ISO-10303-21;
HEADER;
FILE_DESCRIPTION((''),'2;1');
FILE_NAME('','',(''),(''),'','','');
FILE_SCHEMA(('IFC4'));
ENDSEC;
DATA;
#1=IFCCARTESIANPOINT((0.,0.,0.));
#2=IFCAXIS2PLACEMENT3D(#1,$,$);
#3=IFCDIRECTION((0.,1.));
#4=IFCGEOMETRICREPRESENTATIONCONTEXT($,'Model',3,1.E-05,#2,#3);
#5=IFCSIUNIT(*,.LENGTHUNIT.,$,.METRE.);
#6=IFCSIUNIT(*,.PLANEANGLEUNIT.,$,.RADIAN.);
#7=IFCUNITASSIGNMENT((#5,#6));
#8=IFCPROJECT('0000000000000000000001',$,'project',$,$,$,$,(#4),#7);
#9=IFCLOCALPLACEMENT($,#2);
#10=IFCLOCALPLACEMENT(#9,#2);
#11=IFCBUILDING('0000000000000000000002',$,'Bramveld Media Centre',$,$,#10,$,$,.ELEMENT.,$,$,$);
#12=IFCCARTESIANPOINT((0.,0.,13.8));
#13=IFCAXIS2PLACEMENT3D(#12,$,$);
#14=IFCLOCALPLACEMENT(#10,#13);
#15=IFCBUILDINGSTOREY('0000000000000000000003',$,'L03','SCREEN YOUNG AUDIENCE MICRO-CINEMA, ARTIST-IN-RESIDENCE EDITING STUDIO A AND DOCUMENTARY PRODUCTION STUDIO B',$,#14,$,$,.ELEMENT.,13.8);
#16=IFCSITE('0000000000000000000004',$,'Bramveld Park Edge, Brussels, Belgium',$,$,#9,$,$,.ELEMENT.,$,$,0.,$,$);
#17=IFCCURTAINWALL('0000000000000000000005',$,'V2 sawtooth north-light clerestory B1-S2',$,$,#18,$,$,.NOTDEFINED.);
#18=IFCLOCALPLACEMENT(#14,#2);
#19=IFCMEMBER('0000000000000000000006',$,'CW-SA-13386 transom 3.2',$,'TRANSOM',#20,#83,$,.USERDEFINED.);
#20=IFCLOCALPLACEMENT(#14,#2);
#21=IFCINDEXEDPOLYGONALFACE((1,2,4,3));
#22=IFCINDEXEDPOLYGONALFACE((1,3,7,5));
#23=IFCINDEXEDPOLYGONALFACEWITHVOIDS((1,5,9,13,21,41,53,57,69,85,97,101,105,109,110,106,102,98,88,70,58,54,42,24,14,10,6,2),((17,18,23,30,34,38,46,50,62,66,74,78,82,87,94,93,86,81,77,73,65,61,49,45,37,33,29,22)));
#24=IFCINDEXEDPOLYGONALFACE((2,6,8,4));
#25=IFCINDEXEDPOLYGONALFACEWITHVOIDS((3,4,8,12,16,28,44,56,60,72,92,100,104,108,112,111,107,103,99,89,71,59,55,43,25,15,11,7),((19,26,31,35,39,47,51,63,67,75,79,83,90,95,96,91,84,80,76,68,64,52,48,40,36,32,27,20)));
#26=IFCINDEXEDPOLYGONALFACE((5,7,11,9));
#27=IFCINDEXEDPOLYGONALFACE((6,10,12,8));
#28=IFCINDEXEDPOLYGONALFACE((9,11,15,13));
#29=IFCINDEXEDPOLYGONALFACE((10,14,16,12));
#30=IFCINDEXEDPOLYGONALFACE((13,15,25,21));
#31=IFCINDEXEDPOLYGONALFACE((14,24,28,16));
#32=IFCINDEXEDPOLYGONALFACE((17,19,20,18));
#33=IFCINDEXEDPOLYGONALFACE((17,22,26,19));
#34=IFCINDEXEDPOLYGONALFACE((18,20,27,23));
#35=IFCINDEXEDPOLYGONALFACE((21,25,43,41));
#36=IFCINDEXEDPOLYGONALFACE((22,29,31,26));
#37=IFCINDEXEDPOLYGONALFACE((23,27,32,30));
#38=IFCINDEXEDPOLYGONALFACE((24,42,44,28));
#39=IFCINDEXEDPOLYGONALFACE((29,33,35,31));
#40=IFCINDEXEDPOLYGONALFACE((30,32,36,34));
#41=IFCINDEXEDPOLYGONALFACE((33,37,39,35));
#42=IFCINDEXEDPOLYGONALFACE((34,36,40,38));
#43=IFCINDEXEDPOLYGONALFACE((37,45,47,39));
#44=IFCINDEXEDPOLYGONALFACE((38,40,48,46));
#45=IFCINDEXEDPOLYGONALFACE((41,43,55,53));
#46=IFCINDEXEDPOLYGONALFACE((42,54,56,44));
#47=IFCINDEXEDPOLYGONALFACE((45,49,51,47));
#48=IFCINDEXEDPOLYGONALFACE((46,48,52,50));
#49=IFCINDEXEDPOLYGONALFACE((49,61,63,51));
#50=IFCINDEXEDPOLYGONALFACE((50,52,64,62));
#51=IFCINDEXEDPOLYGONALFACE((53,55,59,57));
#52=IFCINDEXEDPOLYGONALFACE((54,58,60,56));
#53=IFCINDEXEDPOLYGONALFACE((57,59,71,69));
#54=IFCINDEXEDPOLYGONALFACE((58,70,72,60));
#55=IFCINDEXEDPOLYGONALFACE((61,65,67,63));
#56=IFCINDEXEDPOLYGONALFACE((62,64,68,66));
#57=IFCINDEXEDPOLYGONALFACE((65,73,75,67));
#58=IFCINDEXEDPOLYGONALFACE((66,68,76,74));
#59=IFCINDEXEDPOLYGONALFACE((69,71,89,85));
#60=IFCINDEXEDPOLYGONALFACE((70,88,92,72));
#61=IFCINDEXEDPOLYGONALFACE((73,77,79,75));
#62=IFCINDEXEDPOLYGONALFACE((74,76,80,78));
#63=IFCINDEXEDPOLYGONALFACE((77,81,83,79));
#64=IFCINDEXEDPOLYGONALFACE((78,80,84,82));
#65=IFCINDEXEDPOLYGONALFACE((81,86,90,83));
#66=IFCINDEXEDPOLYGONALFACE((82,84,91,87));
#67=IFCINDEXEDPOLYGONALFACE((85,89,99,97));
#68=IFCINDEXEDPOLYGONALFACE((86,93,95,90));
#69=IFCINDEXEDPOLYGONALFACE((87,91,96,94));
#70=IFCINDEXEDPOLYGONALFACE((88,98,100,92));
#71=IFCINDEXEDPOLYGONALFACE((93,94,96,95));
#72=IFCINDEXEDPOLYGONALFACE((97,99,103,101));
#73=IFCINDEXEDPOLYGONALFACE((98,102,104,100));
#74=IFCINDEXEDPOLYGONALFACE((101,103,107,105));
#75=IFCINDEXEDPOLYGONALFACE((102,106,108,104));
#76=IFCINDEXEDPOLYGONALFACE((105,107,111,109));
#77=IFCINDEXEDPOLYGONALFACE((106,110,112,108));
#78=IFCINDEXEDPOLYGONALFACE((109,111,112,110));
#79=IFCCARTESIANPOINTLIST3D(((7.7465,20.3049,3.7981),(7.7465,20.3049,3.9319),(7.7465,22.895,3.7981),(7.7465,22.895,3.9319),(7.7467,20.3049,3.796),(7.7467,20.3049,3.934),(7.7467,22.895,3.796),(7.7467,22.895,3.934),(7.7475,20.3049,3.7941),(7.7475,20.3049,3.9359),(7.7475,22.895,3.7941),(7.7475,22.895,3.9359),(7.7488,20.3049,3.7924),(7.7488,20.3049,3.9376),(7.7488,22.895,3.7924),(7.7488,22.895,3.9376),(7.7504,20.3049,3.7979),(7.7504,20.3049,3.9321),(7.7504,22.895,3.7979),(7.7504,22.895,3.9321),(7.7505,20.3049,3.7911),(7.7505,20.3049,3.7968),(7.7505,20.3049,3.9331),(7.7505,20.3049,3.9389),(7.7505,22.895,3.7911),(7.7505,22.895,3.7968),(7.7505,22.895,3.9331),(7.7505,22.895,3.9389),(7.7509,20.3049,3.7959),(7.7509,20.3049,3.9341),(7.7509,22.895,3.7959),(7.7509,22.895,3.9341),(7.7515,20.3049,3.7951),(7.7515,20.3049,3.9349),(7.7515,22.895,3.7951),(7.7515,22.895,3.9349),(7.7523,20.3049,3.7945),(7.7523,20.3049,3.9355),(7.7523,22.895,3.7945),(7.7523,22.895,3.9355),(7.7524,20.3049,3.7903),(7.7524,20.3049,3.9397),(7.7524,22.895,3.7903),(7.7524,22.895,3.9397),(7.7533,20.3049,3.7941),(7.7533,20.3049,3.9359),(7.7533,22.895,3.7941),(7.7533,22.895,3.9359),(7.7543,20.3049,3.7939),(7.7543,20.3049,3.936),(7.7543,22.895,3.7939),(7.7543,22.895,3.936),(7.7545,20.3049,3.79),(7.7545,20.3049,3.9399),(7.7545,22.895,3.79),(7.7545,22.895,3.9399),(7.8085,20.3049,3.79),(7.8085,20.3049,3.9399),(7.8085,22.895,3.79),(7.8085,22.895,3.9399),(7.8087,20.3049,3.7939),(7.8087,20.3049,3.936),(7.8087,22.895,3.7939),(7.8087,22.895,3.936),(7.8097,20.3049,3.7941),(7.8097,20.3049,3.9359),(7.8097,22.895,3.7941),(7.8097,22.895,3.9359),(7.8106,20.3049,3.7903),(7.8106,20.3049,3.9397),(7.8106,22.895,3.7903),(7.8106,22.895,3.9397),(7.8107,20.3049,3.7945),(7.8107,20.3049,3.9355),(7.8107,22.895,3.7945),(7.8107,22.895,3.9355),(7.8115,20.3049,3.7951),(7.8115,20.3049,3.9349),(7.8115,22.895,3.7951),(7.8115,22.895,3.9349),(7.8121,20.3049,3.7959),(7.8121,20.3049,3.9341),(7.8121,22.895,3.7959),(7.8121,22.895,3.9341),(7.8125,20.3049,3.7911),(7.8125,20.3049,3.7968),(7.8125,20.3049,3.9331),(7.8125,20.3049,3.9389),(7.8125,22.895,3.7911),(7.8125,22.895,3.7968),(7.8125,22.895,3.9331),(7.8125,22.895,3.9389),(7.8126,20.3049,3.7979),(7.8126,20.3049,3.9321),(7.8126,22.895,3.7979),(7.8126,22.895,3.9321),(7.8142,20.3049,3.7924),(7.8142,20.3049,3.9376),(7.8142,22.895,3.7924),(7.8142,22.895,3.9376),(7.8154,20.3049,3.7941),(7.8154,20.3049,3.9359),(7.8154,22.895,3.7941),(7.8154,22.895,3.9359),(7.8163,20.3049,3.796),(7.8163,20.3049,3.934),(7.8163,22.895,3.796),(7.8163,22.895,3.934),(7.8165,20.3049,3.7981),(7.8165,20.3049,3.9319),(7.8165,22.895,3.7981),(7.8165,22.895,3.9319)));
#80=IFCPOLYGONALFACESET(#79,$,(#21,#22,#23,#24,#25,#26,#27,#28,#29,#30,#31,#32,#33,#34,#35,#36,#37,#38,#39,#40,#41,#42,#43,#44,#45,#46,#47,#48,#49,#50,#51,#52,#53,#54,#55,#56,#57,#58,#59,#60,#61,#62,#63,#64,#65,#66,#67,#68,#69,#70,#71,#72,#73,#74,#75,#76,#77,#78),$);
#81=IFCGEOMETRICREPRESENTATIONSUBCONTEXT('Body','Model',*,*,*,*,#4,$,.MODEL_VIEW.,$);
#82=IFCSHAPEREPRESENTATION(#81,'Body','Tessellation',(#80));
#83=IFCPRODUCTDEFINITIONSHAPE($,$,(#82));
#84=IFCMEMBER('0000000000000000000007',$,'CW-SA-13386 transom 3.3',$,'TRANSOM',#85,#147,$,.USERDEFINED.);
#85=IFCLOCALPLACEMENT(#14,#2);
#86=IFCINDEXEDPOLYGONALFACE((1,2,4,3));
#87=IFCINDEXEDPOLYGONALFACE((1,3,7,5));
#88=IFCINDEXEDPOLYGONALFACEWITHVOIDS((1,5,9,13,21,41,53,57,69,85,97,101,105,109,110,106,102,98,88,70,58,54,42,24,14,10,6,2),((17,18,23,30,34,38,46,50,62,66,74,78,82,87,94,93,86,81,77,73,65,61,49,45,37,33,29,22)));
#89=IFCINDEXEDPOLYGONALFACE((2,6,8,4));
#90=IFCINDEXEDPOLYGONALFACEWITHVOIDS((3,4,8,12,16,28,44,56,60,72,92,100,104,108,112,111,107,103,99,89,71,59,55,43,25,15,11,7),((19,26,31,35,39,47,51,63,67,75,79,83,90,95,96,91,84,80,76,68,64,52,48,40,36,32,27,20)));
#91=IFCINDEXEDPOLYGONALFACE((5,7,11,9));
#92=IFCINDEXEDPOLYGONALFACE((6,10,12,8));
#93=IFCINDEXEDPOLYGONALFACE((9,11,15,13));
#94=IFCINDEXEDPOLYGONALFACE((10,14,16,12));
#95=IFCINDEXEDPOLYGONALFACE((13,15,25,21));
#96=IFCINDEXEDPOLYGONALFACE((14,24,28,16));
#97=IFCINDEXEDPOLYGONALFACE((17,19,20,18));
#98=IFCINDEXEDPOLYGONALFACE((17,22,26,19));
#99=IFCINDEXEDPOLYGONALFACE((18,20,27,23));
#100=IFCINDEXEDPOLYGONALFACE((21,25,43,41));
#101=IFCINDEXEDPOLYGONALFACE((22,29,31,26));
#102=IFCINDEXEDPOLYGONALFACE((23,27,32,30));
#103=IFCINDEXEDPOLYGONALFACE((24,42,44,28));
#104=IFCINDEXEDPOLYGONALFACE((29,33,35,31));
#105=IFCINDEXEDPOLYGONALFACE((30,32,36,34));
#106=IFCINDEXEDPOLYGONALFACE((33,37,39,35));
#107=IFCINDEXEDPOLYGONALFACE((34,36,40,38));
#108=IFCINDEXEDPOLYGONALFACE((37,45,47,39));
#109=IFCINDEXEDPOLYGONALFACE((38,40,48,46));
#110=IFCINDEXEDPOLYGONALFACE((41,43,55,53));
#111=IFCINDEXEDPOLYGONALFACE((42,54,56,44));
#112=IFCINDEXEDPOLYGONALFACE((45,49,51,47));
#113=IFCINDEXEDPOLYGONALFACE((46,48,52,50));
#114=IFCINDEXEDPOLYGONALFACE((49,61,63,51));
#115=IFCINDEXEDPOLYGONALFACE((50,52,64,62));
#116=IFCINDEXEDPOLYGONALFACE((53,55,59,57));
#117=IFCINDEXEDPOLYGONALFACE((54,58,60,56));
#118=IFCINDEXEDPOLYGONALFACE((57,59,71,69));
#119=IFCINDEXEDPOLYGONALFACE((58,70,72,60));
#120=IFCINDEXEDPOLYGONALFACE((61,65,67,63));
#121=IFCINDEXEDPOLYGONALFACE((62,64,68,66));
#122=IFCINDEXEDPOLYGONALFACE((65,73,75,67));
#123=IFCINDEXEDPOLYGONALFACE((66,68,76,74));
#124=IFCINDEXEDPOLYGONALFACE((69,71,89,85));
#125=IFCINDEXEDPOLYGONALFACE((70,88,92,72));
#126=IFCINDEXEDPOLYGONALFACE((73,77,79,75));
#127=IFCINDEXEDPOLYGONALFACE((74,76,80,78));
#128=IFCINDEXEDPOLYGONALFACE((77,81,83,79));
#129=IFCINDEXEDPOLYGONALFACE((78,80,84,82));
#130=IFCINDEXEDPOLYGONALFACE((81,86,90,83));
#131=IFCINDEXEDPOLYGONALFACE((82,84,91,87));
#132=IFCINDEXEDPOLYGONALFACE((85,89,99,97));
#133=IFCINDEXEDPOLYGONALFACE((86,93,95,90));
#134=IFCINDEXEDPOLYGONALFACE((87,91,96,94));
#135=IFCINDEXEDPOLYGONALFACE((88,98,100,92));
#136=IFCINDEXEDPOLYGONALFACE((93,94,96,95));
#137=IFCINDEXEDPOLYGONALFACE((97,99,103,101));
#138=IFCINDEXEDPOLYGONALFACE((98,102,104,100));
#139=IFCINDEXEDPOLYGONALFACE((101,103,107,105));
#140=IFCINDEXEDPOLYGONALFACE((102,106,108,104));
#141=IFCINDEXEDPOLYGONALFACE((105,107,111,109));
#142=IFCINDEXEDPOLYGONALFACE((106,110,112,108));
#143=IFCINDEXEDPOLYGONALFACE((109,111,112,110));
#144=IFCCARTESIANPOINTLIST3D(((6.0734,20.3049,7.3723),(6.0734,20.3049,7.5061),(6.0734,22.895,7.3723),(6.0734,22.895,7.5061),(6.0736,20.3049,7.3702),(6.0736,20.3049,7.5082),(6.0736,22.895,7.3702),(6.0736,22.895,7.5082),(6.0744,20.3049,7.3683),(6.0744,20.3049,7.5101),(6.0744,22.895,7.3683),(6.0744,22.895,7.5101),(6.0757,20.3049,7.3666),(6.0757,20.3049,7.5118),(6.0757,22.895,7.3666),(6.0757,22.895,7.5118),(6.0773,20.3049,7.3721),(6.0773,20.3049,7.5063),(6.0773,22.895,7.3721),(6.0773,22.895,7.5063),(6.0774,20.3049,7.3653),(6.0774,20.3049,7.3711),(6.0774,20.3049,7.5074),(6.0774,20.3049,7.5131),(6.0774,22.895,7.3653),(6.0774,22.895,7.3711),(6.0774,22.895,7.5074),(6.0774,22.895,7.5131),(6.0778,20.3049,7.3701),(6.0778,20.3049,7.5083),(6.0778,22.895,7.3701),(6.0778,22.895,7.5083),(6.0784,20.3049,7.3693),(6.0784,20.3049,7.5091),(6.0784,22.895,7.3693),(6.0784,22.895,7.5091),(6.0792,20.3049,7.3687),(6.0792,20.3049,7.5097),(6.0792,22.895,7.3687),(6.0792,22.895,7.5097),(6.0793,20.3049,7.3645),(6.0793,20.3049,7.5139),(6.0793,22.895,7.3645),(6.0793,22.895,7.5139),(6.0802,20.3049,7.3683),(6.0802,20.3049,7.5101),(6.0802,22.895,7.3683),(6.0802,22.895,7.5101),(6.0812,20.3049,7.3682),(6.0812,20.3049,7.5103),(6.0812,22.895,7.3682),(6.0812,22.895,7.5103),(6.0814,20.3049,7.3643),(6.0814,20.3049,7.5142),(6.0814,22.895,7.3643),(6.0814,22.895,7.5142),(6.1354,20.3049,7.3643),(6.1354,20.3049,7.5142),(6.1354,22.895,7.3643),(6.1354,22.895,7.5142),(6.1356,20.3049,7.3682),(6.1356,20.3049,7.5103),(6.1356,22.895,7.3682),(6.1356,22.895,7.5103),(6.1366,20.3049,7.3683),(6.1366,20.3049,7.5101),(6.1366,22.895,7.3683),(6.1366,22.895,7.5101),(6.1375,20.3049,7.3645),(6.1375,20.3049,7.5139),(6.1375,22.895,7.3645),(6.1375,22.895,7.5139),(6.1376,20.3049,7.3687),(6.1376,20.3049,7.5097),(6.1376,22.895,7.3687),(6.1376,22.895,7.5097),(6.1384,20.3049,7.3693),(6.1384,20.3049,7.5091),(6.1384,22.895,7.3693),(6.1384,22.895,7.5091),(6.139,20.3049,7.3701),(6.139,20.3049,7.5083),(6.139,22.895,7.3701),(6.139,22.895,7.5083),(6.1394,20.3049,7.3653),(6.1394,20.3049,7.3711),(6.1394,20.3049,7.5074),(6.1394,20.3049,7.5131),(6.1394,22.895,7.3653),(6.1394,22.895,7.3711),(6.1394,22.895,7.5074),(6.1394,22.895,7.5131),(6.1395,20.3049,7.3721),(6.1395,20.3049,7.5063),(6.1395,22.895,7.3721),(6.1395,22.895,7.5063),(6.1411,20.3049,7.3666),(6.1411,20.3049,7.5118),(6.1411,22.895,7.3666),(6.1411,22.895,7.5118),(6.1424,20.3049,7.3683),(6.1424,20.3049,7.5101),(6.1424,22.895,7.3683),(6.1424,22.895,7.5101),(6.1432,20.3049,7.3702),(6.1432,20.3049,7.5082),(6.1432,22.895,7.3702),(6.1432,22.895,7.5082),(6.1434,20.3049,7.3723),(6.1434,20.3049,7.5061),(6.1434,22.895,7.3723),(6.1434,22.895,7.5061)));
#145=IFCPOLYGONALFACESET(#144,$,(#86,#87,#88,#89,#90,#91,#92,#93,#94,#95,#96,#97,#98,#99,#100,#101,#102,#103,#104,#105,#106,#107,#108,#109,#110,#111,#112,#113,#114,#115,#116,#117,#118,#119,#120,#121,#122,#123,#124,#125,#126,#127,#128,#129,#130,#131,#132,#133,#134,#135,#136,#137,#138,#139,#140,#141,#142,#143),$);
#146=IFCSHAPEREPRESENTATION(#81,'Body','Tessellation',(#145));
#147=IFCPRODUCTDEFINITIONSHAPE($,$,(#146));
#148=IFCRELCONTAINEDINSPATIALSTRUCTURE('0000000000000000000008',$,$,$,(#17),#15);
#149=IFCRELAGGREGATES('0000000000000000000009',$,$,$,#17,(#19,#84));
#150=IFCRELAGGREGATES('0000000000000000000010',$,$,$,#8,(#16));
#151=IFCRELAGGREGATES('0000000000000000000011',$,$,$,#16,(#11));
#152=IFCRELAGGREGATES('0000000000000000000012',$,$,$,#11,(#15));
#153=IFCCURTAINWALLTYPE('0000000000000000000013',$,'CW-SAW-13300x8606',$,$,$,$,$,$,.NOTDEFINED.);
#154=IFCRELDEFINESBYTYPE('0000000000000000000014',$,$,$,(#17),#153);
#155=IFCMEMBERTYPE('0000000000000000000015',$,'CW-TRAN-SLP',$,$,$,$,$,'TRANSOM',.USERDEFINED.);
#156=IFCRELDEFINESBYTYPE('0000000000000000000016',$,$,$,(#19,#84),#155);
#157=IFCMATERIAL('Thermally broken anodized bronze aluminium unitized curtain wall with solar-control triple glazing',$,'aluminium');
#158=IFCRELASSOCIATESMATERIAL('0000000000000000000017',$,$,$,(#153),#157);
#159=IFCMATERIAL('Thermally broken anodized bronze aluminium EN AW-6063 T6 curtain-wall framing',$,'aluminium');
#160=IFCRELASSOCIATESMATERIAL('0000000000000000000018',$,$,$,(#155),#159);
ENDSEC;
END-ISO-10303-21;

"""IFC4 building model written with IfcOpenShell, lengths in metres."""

from ifc_helpers import new_model, si_unit, direction, frame, origin, origin_2d, place, context, subcontext, project, spatial, hollow_rectangle, extrude, material, material_profile, profile_set, type_object, element, aggregate, save


model = new_model("IFC4")

# Units and contexts
model_context = context("Model", 3, precision=1e-05, world=origin(), true_north=direction((0.0, 1.0)))
body_context = subcontext(model_context, "Body", "Model", "MODEL_VIEW")
ifc_project = project(units=[si_unit("LENGTHUNIT", "METRE"), si_unit("PLANEANGLEUNIT", "RADIAN")], contexts=[model_context])

# Site, building, storey
site_placement = place(None, origin())
site = spatial("IfcSite", under=ifc_project, at=site_placement, Name="Bramveld Park Edge, Brussels, Belgium", CompositionType="ELEMENT", RefElevation=0.0)
building_placement = place(site_placement, origin())
building = spatial("IfcBuilding", under=site, at=building_placement, Name="Bramveld Media Centre", CompositionType="ELEMENT")
storey_placement = place(building_placement, frame((0.0, 0.0, 13.8)))
storey = spatial("IfcBuildingStorey", under=building, at=storey_placement, Name="L03", Description="SCREEN YOUNG AUDIENCE MICRO-CINEMA, ARTIST-IN-RESIDENCE EDITING STUDIO A AND DOCUMENTARY PRODUCTION STUDIO B", CompositionType="ELEMENT", Elevation=13.8)

# Curtain wall, members
ifc_material_1 = material(Name="Thermally broken anodized bronze aluminium unitized curtain wall with solar-control triple glazing", Category="aluminium")
curtain_wall_type = type_object("IfcCurtainWallType", Name="CW-SAW-13300x8606", PredefinedType="NOTDEFINED", material=ifc_material_1)
curtain_wall_placement = place(storey_placement, origin())
curtain_wall = element("IfcCurtainWall", 1, at=curtain_wall_placement, inside=storey, type_object=curtain_wall_type, Name="V2 sawtooth north-light clerestory B1-S2", PredefinedType="NOTDEFINED")
ifc_material_2 = material(Name="Thermally broken anodized bronze aluminium EN AW-6063 T6 curtain-wall framing", Category="aluminium")
ifc_material_profile_1 = material_profile(ifc_material_2, hollow_rectangle(XDim=0.0701, YDim=0.1499, WallThickness=0.0039, InnerFilletRadius=0.0039, OuterFilletRadius=0.0081, at=origin_2d()), Name="AL-TRAN 70x150")
ifc_profile_set_1 = profile_set([ifc_material_profile_1], Name="Thermally broken anodized bronze aluminium EN AW-6063 T6 curtain-wall framing")
member_type_1 = type_object("IfcMemberType", Name="CW-TRAN-SLP", ElementType="TRANSOM", PredefinedType="USERDEFINED", material=ifc_profile_set_1)
member_1_placement = place(storey_placement, frame((7.7815, 20.3049, 3.865), z_axis=(0.0, 1.0, 0.0), x_axis=(-1.0, 0.0, 0.0)))
member_1 = element("IfcMember", 2, at=member_1_placement, type_object=member_type_1, Name="CW-SA-13386 transom 3.2", ObjectType="TRANSOM", PredefinedType="USERDEFINED", context=body_context, shape_type="SweptSolid", body=[
    extrude(hollow_rectangle(XDim=0.0701, YDim=0.1499, WallThickness=0.0039, InnerFilletRadius=0.0039, OuterFilletRadius=0.0081, at=origin_2d()), origin(), (0.0, 0.0, 1.0), 2.5901),
])
member_2_placement = place(storey_placement, frame((6.1084, 20.3049, 7.4392), z_axis=(0.0, 1.0, 0.0), x_axis=(-1.0, 0.0, 0.0)))
member_2 = element("IfcMember", 3, at=member_2_placement, type_object=member_type_1, Name="CW-SA-13386 transom 3.3", ObjectType="TRANSOM", PredefinedType="USERDEFINED", context=body_context, shape_type="SweptSolid", body=[
    extrude(hollow_rectangle(XDim=0.0701, YDim=0.1499, WallThickness=0.0039, InnerFilletRadius=0.0039, OuterFilletRadius=0.0081, at=origin_2d()), origin(), (0.0, 0.0, 1.0), 2.5901),
])

aggregate(curtain_wall, [member_1, member_2])

save(model, "model.ifc")
